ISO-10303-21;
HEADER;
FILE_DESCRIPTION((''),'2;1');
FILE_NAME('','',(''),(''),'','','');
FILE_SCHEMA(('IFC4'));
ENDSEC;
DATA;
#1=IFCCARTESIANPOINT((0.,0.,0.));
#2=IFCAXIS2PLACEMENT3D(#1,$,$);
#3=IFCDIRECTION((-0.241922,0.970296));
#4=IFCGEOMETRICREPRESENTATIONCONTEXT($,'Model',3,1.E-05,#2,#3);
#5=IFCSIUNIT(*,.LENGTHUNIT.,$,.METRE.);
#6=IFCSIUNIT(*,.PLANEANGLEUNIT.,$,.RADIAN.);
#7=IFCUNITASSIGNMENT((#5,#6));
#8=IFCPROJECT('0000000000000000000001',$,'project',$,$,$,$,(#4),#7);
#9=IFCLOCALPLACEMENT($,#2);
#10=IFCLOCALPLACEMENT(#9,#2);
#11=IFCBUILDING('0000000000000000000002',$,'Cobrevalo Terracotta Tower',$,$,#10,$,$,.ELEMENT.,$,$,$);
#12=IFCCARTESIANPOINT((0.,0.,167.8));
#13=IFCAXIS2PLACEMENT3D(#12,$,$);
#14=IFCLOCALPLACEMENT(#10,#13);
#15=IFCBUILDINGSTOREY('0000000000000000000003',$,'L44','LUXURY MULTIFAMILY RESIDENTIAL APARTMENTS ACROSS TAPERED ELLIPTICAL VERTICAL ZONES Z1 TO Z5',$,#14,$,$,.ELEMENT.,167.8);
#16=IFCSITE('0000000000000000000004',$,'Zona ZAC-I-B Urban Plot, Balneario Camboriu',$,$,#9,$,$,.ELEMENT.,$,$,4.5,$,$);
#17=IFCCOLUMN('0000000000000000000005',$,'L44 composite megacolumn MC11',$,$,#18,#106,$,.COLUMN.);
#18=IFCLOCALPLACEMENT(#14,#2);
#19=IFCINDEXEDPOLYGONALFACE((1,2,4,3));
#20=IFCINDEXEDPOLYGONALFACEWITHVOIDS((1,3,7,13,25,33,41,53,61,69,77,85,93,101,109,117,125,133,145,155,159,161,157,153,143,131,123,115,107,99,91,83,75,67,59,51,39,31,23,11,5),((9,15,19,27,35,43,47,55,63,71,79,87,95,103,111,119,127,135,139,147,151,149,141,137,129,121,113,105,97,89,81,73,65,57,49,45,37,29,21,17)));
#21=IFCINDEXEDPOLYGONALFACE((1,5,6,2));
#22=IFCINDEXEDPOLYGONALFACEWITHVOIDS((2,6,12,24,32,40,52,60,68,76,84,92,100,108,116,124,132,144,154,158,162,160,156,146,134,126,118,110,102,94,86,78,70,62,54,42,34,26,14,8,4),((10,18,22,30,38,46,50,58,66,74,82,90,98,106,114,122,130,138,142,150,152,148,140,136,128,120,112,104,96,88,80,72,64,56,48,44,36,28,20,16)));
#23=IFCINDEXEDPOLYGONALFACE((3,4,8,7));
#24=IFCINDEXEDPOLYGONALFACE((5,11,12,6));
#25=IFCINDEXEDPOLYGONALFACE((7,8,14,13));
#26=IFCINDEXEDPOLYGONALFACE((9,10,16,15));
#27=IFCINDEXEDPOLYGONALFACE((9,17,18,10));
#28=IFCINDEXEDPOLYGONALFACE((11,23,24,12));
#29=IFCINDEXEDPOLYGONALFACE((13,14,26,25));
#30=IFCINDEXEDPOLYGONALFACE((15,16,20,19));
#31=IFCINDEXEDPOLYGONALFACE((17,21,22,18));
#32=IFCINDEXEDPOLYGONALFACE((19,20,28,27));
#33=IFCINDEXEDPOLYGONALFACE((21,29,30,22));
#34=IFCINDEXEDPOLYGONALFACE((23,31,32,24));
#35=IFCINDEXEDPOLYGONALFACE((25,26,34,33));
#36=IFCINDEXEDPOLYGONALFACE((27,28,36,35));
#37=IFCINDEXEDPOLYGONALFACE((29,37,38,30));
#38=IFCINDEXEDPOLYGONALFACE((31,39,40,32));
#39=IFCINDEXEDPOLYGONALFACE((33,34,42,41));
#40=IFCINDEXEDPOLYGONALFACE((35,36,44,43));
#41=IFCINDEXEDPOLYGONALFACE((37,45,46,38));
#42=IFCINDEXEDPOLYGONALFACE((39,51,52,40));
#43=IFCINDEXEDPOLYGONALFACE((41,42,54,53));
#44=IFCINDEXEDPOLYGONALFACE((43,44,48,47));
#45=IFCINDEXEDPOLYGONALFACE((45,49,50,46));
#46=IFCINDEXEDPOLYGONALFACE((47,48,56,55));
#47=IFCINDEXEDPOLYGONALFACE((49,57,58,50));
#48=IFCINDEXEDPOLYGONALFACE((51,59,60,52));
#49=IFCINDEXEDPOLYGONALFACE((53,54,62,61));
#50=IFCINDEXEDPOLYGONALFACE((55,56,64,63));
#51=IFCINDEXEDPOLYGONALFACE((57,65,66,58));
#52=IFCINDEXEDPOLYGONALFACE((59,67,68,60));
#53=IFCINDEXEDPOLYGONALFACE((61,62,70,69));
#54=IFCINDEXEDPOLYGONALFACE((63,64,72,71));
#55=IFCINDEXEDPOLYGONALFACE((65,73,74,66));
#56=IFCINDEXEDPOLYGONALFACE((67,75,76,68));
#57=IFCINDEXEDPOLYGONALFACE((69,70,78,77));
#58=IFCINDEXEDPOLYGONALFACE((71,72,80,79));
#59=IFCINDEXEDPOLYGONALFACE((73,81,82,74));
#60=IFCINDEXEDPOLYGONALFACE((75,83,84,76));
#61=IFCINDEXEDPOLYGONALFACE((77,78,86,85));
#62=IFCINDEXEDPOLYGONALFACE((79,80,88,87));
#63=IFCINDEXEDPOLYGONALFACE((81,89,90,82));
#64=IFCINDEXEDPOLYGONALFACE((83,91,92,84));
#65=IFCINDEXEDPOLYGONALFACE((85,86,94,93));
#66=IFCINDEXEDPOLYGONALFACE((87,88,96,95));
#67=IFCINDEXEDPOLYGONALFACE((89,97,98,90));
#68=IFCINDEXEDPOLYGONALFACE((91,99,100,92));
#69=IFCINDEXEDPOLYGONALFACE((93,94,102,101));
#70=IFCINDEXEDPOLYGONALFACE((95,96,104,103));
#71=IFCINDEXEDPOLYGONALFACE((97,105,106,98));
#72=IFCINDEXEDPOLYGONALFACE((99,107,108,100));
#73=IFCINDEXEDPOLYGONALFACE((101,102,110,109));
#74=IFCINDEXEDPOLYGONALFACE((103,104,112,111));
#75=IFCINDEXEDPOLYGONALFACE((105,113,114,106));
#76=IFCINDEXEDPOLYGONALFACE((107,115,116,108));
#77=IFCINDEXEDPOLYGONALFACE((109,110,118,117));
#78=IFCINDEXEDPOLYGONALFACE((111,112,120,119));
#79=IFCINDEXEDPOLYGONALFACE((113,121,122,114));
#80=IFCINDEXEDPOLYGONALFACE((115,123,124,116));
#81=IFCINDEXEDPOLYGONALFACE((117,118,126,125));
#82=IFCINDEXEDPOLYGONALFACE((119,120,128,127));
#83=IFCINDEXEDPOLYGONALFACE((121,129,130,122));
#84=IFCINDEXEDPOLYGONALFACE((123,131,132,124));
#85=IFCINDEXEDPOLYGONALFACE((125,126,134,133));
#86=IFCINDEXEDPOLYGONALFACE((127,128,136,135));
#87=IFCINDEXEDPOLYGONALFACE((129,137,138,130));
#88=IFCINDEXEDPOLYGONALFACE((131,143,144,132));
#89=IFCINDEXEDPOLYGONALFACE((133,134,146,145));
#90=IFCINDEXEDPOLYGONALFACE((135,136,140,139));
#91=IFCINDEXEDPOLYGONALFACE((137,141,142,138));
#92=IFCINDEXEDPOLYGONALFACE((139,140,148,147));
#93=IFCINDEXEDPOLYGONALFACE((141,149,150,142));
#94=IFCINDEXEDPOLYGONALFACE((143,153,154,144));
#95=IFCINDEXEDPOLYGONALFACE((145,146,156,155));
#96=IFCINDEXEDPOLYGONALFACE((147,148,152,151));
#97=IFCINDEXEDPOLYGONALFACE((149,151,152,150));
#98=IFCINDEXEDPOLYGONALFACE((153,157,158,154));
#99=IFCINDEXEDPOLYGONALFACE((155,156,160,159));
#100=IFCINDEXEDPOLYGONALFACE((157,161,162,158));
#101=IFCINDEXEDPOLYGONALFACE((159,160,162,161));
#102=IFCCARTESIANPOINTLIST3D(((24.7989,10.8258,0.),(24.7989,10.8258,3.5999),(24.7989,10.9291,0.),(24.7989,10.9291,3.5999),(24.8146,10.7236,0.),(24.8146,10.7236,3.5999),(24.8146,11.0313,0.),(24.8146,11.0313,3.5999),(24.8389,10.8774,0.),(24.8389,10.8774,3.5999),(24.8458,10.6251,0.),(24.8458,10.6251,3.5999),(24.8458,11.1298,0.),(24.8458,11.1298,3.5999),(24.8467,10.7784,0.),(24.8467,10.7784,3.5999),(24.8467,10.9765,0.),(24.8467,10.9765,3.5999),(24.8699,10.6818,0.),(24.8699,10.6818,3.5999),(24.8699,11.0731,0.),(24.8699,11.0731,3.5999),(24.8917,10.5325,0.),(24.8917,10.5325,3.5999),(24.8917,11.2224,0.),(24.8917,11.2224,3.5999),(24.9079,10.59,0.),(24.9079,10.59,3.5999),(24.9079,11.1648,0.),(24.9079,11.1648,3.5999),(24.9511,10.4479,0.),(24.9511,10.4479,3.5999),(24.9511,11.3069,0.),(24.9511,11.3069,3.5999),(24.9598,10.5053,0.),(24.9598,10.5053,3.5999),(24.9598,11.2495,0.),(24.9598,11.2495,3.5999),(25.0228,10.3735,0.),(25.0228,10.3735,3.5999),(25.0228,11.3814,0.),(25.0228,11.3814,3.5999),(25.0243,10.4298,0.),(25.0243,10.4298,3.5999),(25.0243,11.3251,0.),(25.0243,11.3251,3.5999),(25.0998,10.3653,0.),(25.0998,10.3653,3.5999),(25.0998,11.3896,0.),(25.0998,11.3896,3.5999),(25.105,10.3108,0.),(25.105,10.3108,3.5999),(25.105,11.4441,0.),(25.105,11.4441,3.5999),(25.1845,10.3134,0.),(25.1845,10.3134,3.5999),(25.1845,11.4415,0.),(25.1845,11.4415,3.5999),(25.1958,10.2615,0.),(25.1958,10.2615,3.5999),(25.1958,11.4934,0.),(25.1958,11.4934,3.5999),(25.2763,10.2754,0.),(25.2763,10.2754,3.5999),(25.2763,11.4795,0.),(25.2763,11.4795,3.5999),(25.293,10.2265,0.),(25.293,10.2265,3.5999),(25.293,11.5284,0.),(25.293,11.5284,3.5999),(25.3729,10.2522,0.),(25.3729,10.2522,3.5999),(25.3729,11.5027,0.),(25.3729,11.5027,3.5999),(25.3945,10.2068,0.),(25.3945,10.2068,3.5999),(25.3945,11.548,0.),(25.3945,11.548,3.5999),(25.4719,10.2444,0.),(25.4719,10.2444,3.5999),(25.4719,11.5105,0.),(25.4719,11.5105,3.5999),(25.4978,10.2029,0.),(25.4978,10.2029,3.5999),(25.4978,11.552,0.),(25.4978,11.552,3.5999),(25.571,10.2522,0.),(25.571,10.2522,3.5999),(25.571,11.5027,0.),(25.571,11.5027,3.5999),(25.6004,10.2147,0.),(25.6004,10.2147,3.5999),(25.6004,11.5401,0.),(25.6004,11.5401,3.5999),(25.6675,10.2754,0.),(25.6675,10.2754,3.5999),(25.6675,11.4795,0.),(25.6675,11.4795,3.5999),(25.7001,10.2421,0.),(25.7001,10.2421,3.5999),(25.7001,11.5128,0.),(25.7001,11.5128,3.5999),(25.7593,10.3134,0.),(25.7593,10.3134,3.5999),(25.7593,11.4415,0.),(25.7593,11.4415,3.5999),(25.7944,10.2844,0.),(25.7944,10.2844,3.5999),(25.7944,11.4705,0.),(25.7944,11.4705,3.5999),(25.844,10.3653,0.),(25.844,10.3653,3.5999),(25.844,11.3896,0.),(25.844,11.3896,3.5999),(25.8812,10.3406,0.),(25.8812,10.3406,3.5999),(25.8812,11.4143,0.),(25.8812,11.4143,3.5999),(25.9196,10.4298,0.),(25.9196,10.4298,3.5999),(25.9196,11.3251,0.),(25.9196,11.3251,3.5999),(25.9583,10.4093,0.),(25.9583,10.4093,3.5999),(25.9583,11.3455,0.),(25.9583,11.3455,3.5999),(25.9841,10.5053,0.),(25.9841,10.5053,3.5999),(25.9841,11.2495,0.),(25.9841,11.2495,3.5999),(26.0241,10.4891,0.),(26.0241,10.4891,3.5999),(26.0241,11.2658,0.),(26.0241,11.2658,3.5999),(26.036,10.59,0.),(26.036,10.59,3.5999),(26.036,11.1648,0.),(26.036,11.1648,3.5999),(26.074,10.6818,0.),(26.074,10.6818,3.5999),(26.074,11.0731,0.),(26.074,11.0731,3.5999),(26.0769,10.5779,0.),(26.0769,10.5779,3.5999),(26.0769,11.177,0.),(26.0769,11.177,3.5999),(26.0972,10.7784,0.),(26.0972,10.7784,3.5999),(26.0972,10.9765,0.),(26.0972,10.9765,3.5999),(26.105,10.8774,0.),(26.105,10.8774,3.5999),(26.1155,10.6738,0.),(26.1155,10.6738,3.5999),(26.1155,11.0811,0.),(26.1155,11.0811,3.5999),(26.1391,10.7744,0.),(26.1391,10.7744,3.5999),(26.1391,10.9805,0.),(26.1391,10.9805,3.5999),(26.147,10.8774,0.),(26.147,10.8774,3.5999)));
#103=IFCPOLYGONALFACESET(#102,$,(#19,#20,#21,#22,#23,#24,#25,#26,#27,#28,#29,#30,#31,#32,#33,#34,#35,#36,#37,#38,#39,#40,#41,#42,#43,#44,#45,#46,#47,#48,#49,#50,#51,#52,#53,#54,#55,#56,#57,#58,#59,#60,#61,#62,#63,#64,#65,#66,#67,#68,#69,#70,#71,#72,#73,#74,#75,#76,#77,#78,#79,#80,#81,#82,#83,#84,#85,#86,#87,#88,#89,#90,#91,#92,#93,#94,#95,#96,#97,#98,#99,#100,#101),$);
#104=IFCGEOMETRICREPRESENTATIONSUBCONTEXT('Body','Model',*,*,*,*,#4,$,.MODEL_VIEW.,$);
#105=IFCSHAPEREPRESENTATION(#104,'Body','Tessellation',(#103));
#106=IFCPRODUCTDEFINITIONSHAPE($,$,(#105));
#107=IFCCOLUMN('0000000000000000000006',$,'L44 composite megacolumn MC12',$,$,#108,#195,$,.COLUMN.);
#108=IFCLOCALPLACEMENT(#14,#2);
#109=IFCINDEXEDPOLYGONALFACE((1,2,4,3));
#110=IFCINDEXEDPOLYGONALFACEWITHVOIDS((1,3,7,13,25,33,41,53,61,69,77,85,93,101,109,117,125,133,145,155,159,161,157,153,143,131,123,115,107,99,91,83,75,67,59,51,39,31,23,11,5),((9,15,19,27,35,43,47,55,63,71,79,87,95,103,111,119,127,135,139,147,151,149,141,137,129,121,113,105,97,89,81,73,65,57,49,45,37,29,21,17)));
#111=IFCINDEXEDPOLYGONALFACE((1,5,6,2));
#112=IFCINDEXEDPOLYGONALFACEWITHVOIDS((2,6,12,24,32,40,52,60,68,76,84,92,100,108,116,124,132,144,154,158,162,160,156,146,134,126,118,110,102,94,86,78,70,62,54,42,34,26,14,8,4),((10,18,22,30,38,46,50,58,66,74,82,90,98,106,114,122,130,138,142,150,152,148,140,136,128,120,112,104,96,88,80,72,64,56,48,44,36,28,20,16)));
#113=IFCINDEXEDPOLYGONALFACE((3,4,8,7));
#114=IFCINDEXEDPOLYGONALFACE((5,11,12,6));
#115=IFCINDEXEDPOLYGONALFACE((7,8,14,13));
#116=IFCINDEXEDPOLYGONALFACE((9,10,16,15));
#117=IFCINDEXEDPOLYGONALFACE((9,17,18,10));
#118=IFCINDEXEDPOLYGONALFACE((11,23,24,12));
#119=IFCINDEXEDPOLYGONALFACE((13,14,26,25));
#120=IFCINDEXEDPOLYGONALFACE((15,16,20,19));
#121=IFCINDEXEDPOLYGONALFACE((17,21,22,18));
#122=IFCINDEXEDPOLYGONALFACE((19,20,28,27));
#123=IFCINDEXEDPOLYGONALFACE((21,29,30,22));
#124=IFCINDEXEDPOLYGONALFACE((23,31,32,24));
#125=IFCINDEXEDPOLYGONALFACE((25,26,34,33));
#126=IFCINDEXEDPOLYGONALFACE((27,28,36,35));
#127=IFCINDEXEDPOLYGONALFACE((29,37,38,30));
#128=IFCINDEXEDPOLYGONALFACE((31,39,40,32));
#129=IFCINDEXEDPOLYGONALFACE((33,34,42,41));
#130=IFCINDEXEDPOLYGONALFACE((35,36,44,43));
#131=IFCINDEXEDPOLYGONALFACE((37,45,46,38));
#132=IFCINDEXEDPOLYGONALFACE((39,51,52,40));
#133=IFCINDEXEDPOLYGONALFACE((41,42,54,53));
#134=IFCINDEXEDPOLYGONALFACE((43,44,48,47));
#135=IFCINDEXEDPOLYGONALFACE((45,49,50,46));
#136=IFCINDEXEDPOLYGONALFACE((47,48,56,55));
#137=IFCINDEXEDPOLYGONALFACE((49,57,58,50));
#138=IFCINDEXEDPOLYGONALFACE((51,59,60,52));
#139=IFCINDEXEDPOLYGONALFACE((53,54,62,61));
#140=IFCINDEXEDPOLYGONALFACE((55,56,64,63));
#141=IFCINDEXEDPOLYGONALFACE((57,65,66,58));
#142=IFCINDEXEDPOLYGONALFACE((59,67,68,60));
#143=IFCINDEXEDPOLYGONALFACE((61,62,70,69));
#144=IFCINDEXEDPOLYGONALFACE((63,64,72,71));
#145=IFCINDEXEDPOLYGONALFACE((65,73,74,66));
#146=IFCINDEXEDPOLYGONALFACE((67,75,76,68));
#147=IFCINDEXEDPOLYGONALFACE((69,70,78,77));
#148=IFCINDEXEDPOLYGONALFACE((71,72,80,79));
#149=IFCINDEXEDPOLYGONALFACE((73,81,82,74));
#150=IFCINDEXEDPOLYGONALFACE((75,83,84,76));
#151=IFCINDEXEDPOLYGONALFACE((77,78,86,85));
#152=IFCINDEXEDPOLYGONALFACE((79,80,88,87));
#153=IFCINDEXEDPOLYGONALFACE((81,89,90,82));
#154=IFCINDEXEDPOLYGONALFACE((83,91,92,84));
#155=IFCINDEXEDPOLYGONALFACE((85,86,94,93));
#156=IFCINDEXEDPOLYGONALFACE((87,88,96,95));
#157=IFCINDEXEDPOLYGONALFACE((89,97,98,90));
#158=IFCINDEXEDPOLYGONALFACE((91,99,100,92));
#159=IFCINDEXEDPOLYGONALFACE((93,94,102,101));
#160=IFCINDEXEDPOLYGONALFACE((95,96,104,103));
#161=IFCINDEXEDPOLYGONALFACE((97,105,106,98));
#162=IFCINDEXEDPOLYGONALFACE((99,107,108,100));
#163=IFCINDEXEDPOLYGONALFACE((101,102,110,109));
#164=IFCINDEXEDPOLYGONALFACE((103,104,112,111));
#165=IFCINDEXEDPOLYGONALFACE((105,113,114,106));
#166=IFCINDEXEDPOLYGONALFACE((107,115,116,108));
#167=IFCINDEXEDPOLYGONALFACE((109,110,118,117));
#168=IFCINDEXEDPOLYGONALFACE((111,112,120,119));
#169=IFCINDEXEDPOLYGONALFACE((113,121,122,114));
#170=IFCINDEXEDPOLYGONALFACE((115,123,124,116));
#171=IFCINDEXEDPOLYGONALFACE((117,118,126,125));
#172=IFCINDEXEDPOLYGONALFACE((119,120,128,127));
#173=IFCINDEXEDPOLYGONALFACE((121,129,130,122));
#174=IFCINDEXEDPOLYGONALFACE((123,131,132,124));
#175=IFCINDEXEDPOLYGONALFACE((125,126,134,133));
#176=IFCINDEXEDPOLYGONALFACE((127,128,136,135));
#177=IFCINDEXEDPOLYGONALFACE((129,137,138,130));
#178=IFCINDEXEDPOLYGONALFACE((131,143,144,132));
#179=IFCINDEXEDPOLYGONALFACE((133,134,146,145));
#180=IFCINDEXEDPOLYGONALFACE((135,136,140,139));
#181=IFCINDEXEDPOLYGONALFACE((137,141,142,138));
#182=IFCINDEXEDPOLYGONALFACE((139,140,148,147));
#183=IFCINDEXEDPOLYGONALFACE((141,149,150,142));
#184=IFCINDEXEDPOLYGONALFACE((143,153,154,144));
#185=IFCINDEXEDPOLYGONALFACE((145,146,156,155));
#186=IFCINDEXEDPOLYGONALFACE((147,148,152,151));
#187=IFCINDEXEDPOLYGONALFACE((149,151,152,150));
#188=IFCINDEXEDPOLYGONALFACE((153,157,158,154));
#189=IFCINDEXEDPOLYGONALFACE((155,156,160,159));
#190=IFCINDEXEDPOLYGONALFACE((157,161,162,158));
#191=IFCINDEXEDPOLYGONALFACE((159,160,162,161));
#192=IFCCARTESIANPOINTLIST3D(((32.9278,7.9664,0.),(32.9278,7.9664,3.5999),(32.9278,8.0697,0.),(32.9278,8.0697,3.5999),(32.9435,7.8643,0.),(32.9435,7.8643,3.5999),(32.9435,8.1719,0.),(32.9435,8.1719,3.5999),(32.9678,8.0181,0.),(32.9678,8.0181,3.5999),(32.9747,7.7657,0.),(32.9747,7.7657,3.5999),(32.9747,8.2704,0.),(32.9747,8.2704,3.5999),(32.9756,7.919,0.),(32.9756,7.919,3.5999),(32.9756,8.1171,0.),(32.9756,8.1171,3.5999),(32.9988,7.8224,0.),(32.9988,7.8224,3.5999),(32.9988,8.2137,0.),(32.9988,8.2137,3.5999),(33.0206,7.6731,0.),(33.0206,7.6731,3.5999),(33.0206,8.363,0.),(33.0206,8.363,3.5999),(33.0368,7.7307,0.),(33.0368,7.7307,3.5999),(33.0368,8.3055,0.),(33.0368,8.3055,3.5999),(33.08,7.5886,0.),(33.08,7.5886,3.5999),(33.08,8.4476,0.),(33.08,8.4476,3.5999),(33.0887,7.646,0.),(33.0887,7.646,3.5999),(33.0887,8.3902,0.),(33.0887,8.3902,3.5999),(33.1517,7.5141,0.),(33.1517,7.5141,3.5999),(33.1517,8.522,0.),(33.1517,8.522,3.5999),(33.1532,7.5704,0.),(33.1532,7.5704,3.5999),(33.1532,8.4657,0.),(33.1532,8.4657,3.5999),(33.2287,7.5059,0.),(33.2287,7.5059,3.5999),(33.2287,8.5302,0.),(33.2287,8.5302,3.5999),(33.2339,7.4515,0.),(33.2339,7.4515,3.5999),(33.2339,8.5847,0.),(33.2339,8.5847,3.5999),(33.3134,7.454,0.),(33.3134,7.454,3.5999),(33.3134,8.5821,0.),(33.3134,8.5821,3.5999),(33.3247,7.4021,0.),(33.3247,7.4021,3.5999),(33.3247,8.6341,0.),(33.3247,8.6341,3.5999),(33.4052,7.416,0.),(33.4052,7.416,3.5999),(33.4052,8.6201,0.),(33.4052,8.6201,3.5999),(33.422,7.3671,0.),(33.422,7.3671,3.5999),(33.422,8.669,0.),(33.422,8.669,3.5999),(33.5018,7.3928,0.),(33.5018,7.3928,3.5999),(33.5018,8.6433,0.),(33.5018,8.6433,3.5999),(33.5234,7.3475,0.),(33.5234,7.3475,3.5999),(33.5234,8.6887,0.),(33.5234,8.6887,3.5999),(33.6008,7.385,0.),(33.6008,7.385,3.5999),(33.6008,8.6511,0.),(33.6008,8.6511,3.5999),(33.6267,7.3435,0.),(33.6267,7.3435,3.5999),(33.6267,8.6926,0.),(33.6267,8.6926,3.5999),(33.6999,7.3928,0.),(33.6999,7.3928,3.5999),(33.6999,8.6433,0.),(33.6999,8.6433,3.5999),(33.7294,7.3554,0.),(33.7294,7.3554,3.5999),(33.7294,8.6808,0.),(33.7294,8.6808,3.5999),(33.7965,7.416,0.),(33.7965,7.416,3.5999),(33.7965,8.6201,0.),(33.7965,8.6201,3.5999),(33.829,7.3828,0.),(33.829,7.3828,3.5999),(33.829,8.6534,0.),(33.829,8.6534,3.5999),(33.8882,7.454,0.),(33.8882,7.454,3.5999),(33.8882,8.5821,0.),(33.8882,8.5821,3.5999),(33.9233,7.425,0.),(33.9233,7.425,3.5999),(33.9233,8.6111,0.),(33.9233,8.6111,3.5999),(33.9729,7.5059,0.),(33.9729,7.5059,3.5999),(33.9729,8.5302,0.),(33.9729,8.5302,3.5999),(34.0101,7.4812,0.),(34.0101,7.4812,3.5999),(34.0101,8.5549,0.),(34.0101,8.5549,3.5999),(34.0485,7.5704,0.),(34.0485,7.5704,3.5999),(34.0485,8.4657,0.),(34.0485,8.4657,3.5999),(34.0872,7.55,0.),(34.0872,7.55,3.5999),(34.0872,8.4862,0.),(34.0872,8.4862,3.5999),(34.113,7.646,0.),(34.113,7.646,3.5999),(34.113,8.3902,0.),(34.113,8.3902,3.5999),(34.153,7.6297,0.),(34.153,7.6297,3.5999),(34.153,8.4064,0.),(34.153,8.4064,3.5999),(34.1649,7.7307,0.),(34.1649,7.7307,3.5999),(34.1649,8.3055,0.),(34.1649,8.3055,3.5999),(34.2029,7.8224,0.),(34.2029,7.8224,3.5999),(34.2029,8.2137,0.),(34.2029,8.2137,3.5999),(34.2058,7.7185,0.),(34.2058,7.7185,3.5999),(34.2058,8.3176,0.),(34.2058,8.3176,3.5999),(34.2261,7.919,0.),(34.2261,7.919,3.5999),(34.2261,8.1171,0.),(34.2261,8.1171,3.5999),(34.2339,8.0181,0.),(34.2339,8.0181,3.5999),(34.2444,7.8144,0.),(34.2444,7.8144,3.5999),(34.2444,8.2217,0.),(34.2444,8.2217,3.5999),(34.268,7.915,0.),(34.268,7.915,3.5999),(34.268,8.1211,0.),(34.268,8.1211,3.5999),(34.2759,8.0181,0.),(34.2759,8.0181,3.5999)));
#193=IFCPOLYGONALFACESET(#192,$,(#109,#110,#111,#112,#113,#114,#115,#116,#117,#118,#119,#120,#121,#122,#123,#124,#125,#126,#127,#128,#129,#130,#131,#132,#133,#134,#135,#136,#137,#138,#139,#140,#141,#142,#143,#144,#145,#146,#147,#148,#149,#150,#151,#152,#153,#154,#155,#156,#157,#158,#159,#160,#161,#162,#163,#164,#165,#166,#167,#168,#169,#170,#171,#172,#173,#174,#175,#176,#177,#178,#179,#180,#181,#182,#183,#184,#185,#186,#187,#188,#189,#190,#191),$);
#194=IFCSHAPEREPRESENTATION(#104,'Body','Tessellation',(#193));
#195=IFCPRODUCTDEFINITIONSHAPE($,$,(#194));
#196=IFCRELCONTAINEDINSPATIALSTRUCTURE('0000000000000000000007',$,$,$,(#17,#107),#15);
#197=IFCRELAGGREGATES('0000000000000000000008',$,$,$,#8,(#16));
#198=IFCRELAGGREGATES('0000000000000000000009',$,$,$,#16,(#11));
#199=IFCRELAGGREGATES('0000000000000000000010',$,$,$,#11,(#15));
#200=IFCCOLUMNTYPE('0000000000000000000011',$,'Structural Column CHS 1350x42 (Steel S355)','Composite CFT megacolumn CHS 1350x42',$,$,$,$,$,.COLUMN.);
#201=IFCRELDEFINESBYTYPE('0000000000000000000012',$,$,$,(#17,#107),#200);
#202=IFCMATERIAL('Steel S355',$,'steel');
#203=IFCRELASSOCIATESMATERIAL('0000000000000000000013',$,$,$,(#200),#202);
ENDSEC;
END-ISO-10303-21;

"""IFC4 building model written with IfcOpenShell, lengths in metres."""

from ifc_helpers import new_model, si_unit, direction, frame, origin, origin_2d, place, context, subcontext, project, spatial, hollow_circle, extrude, material, material_profile, profile_set, type_object, element, save


model = new_model("IFC4")

# Units and contexts
model_context = context("Model", 3, precision=1e-05, world=origin(), true_north=direction((-0.241922, 0.970296)))
body_context = subcontext(model_context, "Body", "Model", "MODEL_VIEW")
ifc_project = project(units=[si_unit("LENGTHUNIT", "METRE"), si_unit("PLANEANGLEUNIT", "RADIAN")], contexts=[model_context])

# Site, building, storey
site_placement = place(None, origin())
site = spatial("IfcSite", under=ifc_project, at=site_placement, Name="Zona ZAC-I-B Urban Plot, Balneario Camboriu", CompositionType="ELEMENT", RefElevation=4.5)
building_placement = place(site_placement, origin())
building = spatial("IfcBuilding", under=site, at=building_placement, Name="Cobrevalo Terracotta Tower", CompositionType="ELEMENT")
storey_placement = place(building_placement, frame((0.0, 0.0, 167.8)))
storey = spatial("IfcBuildingStorey", under=building, at=storey_placement, Name="L44", Description="LUXURY MULTIFAMILY RESIDENTIAL APARTMENTS ACROSS TAPERED ELLIPTICAL VERTICAL ZONES Z1 TO Z5", CompositionType="ELEMENT", Elevation=167.8)

# Columns
ifc_material_1 = material(Name="Steel S355", Category="steel")
ifc_material_profile_1 = material_profile(ifc_material_1, hollow_circle(Radius=0.675, WallThickness=0.042, at=origin_2d()), Name="CHS 1350x42")
ifc_profile_set_1 = profile_set([ifc_material_profile_1], Name="Steel S355")
column_type = type_object("IfcColumnType", Name="Structural Column CHS 1350x42 (Steel S355)", Description="Composite CFT megacolumn CHS 1350x42", PredefinedType="COLUMN", material=ifc_profile_set_1)
for number, where, z_axis, x_axis, name in (
    (1, (25.4719, 10.8774, 0.0), (0.0, 0.0, 1.0), (1.0, 0.0, 0.0), "L44 composite megacolumn MC11"),
    (2, (33.6008, 8.0181, 0.0), (0.0, 0.0, 1.0), (1.0, 0.0, 0.0), "L44 composite megacolumn MC12"),
):
    element("IfcColumn", number, at=place(storey_placement, frame(where, z_axis=z_axis, x_axis=x_axis)), inside=storey, type_object=column_type, Name=name, PredefinedType="COLUMN", context=body_context, shape_type="SweptSolid", body=[
        extrude(hollow_circle(Radius=0.675, WallThickness=0.042, at=origin_2d()), origin(), (0.0, 0.0, 1.0), 3.5999),
    ])

save(model, "model.ifc")
